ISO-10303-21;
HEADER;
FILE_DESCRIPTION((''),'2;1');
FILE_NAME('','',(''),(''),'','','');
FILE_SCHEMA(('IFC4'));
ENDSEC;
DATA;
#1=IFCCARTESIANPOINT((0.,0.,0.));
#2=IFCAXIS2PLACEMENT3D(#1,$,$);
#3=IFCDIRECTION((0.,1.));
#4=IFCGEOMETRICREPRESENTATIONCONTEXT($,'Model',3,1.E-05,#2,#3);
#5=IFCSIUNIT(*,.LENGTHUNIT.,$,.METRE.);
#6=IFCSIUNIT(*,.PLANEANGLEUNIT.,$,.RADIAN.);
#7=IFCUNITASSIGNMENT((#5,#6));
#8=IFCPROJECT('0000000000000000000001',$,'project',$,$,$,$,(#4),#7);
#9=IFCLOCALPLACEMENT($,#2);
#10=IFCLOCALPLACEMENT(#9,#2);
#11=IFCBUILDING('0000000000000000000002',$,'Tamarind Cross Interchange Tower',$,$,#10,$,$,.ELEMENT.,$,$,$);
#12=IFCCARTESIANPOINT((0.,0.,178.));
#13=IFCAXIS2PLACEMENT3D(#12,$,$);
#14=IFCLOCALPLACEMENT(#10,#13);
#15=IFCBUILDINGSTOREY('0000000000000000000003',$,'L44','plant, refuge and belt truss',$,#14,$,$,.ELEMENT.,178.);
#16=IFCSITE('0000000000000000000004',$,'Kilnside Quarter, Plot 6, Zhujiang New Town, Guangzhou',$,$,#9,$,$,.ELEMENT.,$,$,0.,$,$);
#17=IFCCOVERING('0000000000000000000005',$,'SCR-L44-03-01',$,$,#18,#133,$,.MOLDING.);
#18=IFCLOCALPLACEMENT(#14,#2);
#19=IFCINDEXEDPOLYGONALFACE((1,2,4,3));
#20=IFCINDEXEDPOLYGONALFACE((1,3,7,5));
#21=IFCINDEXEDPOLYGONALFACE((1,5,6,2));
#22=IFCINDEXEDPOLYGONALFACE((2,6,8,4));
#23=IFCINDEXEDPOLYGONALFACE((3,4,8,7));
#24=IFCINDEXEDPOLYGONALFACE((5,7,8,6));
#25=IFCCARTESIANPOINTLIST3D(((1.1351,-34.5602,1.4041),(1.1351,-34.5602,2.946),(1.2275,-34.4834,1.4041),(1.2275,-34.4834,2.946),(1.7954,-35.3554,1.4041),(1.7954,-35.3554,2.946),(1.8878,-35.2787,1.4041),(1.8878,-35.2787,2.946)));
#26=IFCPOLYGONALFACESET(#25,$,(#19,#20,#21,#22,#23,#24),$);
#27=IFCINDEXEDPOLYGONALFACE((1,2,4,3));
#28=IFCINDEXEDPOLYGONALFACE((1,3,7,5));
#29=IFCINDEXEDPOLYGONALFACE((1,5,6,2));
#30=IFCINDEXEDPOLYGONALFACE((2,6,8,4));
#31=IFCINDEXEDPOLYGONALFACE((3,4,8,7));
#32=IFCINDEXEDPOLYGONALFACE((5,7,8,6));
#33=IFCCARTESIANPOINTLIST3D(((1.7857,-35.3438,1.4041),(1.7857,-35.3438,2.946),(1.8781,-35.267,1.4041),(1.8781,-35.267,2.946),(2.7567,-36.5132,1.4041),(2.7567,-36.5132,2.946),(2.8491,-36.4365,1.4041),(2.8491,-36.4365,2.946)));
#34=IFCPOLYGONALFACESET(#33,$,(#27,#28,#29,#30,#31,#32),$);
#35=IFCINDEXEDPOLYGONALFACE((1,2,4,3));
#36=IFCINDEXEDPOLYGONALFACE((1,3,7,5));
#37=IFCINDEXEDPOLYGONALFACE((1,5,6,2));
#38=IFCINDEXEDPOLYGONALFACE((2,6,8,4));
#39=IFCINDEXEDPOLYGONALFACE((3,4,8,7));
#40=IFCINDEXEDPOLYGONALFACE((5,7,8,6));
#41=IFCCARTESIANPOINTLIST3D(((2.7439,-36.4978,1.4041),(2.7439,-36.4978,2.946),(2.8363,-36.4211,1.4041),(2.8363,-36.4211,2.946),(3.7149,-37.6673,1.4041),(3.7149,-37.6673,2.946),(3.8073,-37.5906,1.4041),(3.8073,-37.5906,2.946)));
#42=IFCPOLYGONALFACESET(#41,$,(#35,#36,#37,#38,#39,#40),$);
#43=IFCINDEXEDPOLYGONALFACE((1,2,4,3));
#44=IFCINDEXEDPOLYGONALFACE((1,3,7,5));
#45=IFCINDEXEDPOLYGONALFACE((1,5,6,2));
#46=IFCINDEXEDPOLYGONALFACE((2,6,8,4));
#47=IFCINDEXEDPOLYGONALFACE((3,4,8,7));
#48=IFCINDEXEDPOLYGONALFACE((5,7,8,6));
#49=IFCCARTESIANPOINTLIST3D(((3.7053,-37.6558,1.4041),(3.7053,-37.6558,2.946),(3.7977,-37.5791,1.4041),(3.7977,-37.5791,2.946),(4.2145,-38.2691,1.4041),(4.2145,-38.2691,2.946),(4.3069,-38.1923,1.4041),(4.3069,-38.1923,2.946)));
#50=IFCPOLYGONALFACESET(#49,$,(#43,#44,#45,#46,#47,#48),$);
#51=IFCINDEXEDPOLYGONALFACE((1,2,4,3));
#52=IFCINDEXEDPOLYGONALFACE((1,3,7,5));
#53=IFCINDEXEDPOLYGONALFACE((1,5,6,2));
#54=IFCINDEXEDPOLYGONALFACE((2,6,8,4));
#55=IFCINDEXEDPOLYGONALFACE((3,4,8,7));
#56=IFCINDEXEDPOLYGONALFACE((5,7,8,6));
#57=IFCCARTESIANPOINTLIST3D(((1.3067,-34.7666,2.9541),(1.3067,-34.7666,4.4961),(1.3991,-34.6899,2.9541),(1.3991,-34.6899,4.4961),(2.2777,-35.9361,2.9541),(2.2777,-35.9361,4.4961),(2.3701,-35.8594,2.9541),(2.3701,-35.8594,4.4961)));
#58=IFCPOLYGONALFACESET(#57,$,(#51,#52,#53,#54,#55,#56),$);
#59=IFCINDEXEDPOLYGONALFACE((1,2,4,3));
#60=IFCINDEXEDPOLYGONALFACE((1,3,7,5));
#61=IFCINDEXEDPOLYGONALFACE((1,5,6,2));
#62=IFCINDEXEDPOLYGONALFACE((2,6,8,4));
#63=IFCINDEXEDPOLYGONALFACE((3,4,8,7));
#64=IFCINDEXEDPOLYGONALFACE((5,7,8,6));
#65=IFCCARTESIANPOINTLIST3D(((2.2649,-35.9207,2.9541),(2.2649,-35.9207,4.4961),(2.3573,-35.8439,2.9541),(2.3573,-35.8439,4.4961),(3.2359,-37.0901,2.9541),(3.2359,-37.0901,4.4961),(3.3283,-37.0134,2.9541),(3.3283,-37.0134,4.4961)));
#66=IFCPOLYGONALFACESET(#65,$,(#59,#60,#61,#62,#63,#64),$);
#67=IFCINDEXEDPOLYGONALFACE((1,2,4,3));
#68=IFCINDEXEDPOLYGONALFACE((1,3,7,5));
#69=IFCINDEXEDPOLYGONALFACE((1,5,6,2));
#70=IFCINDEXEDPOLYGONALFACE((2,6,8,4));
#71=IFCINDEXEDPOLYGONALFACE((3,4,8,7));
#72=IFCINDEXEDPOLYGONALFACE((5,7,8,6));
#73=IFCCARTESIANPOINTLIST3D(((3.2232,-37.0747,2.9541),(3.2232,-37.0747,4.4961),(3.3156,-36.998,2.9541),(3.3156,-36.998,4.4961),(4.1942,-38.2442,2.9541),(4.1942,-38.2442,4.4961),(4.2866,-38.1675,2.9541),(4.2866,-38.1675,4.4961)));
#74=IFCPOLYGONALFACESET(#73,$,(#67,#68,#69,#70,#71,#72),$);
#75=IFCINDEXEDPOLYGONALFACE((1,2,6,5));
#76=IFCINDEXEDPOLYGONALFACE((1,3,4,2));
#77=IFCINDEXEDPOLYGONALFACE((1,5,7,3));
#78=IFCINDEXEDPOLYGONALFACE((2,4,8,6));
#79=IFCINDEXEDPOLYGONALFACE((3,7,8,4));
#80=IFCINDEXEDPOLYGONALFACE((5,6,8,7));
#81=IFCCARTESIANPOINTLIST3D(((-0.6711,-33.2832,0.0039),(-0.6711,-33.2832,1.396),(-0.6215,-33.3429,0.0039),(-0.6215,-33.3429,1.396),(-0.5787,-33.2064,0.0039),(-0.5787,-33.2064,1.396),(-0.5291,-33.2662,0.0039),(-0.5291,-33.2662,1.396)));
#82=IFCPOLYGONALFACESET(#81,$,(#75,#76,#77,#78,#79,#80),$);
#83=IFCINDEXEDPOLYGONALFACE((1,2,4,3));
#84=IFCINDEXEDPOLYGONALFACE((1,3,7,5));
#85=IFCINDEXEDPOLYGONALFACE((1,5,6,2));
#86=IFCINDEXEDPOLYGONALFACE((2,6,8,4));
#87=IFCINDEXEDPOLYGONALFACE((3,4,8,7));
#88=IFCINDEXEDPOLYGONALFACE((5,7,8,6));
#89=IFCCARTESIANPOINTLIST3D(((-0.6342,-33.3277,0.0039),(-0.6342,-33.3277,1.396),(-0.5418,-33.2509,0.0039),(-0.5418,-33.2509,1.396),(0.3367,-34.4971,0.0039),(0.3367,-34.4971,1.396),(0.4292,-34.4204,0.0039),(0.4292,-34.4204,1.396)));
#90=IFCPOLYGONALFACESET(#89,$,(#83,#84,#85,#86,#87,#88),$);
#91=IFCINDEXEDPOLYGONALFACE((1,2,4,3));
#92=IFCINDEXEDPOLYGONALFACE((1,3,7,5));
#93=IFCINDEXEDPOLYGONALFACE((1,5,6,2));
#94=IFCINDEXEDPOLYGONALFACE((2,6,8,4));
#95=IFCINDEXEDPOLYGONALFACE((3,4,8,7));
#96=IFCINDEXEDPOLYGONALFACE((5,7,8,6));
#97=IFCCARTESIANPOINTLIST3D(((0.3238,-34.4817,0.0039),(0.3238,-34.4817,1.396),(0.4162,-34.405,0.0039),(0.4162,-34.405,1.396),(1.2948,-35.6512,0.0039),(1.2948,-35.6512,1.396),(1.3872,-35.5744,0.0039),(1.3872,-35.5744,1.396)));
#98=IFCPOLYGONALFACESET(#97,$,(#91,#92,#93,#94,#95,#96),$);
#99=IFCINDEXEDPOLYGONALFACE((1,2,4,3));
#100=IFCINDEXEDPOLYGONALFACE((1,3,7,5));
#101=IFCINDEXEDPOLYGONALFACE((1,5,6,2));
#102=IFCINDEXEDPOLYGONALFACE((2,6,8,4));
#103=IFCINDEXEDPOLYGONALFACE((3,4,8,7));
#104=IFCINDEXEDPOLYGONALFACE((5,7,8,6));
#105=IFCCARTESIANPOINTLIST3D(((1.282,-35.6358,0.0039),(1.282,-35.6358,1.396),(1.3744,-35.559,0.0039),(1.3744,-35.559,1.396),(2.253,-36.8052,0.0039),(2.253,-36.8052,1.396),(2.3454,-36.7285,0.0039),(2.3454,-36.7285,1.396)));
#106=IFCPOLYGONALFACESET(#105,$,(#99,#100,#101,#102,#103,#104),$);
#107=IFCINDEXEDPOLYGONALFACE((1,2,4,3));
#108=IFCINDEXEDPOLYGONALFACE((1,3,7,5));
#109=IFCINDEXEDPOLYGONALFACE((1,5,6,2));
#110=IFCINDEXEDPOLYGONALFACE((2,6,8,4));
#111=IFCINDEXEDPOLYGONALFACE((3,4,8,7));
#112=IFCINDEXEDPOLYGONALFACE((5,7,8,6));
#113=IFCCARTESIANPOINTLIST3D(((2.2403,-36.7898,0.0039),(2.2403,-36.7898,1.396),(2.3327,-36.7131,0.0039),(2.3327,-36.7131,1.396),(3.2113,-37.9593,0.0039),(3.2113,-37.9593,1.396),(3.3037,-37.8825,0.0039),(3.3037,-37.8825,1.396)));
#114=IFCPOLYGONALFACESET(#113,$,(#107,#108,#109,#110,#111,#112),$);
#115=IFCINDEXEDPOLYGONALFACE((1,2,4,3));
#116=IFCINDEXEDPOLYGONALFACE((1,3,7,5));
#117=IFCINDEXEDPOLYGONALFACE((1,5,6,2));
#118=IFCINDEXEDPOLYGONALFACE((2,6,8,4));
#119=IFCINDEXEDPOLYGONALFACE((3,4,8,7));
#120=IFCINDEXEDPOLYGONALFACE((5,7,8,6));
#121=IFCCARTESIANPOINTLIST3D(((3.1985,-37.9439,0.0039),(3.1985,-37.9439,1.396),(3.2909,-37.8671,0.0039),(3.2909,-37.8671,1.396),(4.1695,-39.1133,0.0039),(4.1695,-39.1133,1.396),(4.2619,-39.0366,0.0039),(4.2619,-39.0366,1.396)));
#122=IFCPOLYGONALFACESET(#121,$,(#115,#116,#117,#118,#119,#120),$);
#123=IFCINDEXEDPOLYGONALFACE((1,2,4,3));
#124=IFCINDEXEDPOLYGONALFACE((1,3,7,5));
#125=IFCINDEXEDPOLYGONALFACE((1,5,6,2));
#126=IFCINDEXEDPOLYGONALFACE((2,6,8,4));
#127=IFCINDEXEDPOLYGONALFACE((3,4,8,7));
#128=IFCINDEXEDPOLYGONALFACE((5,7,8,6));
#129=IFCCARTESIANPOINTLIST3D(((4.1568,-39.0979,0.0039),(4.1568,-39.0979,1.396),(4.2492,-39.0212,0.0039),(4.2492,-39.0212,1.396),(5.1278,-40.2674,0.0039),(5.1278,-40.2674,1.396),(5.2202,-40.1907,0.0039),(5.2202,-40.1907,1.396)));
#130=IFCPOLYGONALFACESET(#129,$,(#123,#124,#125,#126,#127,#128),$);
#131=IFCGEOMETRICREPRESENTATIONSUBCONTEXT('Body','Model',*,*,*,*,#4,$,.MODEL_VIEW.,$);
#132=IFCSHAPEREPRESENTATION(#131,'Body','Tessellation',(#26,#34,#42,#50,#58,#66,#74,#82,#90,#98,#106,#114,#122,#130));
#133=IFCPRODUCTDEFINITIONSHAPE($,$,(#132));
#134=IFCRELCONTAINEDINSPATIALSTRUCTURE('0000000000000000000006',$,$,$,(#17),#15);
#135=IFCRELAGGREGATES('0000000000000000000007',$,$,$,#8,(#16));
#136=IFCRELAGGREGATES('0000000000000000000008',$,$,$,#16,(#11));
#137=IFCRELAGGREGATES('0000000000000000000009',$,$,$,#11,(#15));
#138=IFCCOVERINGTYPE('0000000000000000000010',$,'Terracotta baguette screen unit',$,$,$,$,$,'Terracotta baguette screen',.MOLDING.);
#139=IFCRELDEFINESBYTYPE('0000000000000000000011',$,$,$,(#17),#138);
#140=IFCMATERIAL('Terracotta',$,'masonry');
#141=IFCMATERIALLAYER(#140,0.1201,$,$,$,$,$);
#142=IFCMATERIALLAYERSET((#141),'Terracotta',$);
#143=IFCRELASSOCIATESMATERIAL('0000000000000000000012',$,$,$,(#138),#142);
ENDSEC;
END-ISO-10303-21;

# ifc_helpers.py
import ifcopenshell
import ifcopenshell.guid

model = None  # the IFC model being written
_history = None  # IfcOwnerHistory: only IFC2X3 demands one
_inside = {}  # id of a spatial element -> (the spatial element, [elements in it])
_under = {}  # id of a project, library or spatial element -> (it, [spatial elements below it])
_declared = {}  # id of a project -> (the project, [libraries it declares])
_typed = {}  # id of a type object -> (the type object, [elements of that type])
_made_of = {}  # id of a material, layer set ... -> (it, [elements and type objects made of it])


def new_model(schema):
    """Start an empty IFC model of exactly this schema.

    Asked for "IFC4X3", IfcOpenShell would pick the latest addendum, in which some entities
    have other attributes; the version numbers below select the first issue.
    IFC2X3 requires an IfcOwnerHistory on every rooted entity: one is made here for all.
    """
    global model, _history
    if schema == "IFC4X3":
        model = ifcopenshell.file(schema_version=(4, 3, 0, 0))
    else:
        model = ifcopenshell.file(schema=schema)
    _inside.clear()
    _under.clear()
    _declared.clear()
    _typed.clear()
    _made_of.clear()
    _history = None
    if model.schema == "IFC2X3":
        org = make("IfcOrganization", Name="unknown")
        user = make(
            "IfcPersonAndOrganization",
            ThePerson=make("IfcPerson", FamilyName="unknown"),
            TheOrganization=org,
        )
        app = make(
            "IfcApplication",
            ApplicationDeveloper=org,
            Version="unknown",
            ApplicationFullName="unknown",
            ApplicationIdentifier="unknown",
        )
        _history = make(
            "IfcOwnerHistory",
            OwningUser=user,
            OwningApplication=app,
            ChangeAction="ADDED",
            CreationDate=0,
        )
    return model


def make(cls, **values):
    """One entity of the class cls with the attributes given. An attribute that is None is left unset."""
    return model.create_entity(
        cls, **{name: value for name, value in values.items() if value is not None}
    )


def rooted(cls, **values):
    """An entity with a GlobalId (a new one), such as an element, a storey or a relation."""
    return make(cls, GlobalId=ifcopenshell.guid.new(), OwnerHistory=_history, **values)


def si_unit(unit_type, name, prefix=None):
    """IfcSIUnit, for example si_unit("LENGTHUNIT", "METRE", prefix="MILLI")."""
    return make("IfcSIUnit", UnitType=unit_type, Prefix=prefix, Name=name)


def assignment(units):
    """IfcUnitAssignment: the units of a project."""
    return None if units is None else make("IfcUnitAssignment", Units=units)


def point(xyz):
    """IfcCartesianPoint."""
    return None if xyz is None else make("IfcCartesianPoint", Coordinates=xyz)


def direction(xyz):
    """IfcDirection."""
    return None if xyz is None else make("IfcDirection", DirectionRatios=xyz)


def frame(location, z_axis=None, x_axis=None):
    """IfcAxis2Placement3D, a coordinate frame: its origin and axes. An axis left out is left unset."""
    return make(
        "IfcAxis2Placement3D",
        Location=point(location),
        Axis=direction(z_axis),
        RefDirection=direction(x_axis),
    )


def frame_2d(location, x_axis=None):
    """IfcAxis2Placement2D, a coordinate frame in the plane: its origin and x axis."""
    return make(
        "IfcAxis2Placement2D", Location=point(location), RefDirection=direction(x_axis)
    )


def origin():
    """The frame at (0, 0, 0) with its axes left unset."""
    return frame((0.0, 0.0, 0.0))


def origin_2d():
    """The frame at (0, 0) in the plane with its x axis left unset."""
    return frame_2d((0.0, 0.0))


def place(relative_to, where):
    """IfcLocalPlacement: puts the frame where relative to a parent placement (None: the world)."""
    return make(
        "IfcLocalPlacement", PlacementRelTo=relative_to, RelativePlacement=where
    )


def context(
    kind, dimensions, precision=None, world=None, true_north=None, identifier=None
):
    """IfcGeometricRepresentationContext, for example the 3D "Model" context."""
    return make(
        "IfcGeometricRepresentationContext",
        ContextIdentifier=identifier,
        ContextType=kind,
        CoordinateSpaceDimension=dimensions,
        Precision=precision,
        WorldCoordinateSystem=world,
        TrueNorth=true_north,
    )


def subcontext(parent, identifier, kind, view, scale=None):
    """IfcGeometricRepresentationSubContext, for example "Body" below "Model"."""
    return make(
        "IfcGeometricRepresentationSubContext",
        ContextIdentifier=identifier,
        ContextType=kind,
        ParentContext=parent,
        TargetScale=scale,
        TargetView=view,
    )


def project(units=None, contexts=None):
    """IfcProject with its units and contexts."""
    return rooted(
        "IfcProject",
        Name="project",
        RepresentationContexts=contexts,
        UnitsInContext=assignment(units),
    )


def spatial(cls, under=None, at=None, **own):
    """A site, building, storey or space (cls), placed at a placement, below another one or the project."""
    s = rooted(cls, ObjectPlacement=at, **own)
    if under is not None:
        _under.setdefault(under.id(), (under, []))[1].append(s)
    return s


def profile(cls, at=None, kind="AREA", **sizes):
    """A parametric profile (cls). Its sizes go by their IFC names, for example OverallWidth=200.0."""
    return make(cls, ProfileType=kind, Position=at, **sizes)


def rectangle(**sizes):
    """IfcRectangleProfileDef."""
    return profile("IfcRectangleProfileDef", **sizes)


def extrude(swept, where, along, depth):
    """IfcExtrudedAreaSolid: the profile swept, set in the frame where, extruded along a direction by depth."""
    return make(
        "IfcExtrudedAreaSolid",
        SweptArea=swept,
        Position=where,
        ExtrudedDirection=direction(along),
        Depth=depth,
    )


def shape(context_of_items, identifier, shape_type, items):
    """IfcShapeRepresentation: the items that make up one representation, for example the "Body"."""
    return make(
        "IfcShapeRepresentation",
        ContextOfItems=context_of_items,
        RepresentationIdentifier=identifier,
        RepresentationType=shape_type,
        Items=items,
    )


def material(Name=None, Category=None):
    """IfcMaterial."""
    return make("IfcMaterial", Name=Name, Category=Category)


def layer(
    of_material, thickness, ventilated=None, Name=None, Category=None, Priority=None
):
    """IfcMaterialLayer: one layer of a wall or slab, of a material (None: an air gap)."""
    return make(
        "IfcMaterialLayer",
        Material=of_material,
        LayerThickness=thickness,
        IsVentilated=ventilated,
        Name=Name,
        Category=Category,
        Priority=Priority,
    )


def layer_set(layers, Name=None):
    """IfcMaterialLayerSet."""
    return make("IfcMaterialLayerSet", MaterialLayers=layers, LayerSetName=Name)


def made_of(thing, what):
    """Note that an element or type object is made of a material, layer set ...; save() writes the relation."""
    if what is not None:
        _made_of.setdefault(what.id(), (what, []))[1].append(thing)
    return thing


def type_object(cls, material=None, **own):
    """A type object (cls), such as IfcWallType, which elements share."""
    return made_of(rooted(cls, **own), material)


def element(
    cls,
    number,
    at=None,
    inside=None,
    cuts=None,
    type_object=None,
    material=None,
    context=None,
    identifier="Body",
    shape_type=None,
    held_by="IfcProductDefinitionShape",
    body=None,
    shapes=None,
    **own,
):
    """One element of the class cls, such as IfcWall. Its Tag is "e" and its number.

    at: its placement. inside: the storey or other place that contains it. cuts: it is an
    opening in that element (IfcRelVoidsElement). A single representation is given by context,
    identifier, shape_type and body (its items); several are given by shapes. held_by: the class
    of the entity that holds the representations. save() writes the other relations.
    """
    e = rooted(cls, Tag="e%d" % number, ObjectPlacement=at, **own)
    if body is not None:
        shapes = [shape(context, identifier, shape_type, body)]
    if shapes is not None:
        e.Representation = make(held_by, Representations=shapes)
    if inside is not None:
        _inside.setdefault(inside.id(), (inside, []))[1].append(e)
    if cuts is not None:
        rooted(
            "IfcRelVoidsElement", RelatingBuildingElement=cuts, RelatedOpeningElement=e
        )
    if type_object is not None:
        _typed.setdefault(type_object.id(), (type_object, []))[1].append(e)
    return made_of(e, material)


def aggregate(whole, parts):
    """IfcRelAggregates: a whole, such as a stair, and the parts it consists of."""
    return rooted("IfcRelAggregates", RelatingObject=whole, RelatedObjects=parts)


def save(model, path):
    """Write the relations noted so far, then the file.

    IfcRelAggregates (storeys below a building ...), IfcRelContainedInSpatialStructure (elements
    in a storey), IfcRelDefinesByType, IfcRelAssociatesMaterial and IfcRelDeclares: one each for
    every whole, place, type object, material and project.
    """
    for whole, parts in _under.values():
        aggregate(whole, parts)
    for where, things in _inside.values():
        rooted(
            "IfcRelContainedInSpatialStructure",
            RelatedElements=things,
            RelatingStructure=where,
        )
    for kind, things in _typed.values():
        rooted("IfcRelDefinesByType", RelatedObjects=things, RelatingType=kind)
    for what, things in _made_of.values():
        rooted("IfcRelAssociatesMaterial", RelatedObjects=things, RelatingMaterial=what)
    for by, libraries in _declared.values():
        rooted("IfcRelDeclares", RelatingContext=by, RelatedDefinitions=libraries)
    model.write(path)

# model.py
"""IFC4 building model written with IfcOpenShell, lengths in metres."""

from ifc_helpers import new_model, si_unit, direction, frame, origin, origin_2d, place, context, subcontext, project, spatial, rectangle, extrude, material, layer, layer_set, type_object, element, save


model = new_model("IFC4")

# Units and contexts
model_context = context("Model", 3, precision=1e-05, world=origin(), true_north=direction((0.0, 1.0)))
body_context = subcontext(model_context, "Body", "Model", "MODEL_VIEW")
ifc_project = project(units=[si_unit("LENGTHUNIT", "METRE"), si_unit("PLANEANGLEUNIT", "RADIAN")], contexts=[model_context])

# Site, building, storey
site_placement = place(None, origin())
site = spatial("IfcSite", under=ifc_project, at=site_placement, Name="Kilnside Quarter, Plot 6, Zhujiang New Town, Guangzhou", CompositionType="ELEMENT", RefElevation=0.0)
building_placement = place(site_placement, origin())
building = spatial("IfcBuilding", under=site, at=building_placement, Name="Tamarind Cross Interchange Tower", CompositionType="ELEMENT")
storey_placement = place(building_placement, frame((0.0, 0.0, 178.0)))
storey = spatial("IfcBuildingStorey", under=building, at=storey_placement, Name="L44", Description="plant, refuge and belt truss", CompositionType="ELEMENT", Elevation=178.0)

# Covering
ifc_material_1 = material(Name="Terracotta", Category="masonry")
ifc_layer_1 = layer(ifc_material_1, 0.1201)
ifc_layer_set_1 = layer_set([ifc_layer_1], Name="Terracotta")
covering_type = type_object("IfcCoveringType", Name="Terracotta baguette screen unit", ElementType="Terracotta baguette screen", PredefinedType="MOLDING", material=ifc_layer_set_1)
covering_1_placement = place(storey_placement, origin())
element("IfcCovering", 1, at=covering_1_placement, inside=storey, type_object=covering_type, Name="SCR-L44-03-01", PredefinedType="MOLDING", context=body_context, shape_type="SweptSolid", body=[
    extrude(rectangle(XDim=1.0337, YDim=0.1201, at=origin_2d()), frame((1.5115, -34.9194, 1.4041), z_axis=(0.0, 0.0, 1.0), x_axis=(0.6388, -0.769373, 0.0)), (0.0, 0.0, 1.0), 1.542),
    extrude(rectangle(XDim=1.52, YDim=0.1201, at=origin_2d()), frame((2.3174, -35.8901, 1.4041), z_axis=(0.0, 0.0, 1.0), x_axis=(0.6388, -0.769373, 0.0)), (0.0, 0.0, 1.0), 1.542),
    extrude(rectangle(XDim=1.52, YDim=0.1201, at=origin_2d()), frame((3.2756, -37.0442, 1.4041), z_axis=(0.0, 0.0, 1.0), x_axis=(0.6388, -0.769373, 0.0)), (0.0, 0.0, 1.0), 1.542),
    extrude(rectangle(XDim=0.7971, YDim=0.1201, at=origin_2d()), frame((4.0061, -37.9241, 1.4041), z_axis=(0.0, 0.0, 1.0), x_axis=(0.6388, -0.769373, 0.0)), (0.0, 0.0, 1.0), 1.542),
    extrude(rectangle(XDim=1.52, YDim=0.1201, at=origin_2d()), frame((1.8384, -35.313, 2.9541), z_axis=(0.0, 0.0, 1.0), x_axis=(0.6388, -0.769373, 0.0)), (0.0, 0.0, 1.0), 1.542),
    extrude(rectangle(XDim=1.52, YDim=0.1201, at=origin_2d()), frame((2.7966, -36.467, 2.9541), z_axis=(0.0, 0.0, 1.0), x_axis=(0.6388, -0.769373, 0.0)), (0.0, 0.0, 1.0), 1.542),
    extrude(rectangle(XDim=1.52, YDim=0.1201, at=origin_2d()), frame((3.7549, -37.6211, 2.9541), z_axis=(0.0, 0.0, 1.0), x_axis=(0.6388, -0.769373, 0.0)), (0.0, 0.0, 1.0), 1.542),
    extrude(rectangle(XDim=0.0776, YDim=0.1201, at=origin_2d()), frame((-0.6001, -33.2747, 0.0039), z_axis=(0.0, 0.0, 1.0), x_axis=(0.6388, -0.769373, 0.0)), (0.0, 0.0, 1.0), 1.3921),
    extrude(rectangle(XDim=1.52, YDim=0.1201, at=origin_2d()), frame((-0.1025, -33.874, 0.0039), z_axis=(0.0, 0.0, 1.0), x_axis=(0.6388, -0.769373, 0.0)), (0.0, 0.0, 1.0), 1.3921),
    extrude(rectangle(XDim=1.52, YDim=0.1201, at=origin_2d()), frame((0.8555, -35.0281, 0.0039), z_axis=(0.0, 0.0, 1.0), x_axis=(0.6388, -0.769373, 0.0)), (0.0, 0.0, 1.0), 1.3921),
    extrude(rectangle(XDim=1.52, YDim=0.1201, at=origin_2d()), frame((1.8137, -36.1821, 0.0039), z_axis=(0.0, 0.0, 1.0), x_axis=(0.6388, -0.769373, 0.0)), (0.0, 0.0, 1.0), 1.3921),
    extrude(rectangle(XDim=1.52, YDim=0.1201, at=origin_2d()), frame((2.772, -37.3362, 0.0039), z_axis=(0.0, 0.0, 1.0), x_axis=(0.6388, -0.769373, 0.0)), (0.0, 0.0, 1.0), 1.3921),
    extrude(rectangle(XDim=1.52, YDim=0.1201, at=origin_2d()), frame((3.7302, -38.4902, 0.0039), z_axis=(0.0, 0.0, 1.0), x_axis=(0.6388, -0.769373, 0.0)), (0.0, 0.0, 1.0), 1.3921),
    extrude(rectangle(XDim=1.52, YDim=0.1201, at=origin_2d()), frame((4.6885, -39.6443, 0.0039), z_axis=(0.0, 0.0, 1.0), x_axis=(0.6388, -0.769373, 0.0)), (0.0, 0.0, 1.0), 1.3921),
])

save(model, "model.ifc")
